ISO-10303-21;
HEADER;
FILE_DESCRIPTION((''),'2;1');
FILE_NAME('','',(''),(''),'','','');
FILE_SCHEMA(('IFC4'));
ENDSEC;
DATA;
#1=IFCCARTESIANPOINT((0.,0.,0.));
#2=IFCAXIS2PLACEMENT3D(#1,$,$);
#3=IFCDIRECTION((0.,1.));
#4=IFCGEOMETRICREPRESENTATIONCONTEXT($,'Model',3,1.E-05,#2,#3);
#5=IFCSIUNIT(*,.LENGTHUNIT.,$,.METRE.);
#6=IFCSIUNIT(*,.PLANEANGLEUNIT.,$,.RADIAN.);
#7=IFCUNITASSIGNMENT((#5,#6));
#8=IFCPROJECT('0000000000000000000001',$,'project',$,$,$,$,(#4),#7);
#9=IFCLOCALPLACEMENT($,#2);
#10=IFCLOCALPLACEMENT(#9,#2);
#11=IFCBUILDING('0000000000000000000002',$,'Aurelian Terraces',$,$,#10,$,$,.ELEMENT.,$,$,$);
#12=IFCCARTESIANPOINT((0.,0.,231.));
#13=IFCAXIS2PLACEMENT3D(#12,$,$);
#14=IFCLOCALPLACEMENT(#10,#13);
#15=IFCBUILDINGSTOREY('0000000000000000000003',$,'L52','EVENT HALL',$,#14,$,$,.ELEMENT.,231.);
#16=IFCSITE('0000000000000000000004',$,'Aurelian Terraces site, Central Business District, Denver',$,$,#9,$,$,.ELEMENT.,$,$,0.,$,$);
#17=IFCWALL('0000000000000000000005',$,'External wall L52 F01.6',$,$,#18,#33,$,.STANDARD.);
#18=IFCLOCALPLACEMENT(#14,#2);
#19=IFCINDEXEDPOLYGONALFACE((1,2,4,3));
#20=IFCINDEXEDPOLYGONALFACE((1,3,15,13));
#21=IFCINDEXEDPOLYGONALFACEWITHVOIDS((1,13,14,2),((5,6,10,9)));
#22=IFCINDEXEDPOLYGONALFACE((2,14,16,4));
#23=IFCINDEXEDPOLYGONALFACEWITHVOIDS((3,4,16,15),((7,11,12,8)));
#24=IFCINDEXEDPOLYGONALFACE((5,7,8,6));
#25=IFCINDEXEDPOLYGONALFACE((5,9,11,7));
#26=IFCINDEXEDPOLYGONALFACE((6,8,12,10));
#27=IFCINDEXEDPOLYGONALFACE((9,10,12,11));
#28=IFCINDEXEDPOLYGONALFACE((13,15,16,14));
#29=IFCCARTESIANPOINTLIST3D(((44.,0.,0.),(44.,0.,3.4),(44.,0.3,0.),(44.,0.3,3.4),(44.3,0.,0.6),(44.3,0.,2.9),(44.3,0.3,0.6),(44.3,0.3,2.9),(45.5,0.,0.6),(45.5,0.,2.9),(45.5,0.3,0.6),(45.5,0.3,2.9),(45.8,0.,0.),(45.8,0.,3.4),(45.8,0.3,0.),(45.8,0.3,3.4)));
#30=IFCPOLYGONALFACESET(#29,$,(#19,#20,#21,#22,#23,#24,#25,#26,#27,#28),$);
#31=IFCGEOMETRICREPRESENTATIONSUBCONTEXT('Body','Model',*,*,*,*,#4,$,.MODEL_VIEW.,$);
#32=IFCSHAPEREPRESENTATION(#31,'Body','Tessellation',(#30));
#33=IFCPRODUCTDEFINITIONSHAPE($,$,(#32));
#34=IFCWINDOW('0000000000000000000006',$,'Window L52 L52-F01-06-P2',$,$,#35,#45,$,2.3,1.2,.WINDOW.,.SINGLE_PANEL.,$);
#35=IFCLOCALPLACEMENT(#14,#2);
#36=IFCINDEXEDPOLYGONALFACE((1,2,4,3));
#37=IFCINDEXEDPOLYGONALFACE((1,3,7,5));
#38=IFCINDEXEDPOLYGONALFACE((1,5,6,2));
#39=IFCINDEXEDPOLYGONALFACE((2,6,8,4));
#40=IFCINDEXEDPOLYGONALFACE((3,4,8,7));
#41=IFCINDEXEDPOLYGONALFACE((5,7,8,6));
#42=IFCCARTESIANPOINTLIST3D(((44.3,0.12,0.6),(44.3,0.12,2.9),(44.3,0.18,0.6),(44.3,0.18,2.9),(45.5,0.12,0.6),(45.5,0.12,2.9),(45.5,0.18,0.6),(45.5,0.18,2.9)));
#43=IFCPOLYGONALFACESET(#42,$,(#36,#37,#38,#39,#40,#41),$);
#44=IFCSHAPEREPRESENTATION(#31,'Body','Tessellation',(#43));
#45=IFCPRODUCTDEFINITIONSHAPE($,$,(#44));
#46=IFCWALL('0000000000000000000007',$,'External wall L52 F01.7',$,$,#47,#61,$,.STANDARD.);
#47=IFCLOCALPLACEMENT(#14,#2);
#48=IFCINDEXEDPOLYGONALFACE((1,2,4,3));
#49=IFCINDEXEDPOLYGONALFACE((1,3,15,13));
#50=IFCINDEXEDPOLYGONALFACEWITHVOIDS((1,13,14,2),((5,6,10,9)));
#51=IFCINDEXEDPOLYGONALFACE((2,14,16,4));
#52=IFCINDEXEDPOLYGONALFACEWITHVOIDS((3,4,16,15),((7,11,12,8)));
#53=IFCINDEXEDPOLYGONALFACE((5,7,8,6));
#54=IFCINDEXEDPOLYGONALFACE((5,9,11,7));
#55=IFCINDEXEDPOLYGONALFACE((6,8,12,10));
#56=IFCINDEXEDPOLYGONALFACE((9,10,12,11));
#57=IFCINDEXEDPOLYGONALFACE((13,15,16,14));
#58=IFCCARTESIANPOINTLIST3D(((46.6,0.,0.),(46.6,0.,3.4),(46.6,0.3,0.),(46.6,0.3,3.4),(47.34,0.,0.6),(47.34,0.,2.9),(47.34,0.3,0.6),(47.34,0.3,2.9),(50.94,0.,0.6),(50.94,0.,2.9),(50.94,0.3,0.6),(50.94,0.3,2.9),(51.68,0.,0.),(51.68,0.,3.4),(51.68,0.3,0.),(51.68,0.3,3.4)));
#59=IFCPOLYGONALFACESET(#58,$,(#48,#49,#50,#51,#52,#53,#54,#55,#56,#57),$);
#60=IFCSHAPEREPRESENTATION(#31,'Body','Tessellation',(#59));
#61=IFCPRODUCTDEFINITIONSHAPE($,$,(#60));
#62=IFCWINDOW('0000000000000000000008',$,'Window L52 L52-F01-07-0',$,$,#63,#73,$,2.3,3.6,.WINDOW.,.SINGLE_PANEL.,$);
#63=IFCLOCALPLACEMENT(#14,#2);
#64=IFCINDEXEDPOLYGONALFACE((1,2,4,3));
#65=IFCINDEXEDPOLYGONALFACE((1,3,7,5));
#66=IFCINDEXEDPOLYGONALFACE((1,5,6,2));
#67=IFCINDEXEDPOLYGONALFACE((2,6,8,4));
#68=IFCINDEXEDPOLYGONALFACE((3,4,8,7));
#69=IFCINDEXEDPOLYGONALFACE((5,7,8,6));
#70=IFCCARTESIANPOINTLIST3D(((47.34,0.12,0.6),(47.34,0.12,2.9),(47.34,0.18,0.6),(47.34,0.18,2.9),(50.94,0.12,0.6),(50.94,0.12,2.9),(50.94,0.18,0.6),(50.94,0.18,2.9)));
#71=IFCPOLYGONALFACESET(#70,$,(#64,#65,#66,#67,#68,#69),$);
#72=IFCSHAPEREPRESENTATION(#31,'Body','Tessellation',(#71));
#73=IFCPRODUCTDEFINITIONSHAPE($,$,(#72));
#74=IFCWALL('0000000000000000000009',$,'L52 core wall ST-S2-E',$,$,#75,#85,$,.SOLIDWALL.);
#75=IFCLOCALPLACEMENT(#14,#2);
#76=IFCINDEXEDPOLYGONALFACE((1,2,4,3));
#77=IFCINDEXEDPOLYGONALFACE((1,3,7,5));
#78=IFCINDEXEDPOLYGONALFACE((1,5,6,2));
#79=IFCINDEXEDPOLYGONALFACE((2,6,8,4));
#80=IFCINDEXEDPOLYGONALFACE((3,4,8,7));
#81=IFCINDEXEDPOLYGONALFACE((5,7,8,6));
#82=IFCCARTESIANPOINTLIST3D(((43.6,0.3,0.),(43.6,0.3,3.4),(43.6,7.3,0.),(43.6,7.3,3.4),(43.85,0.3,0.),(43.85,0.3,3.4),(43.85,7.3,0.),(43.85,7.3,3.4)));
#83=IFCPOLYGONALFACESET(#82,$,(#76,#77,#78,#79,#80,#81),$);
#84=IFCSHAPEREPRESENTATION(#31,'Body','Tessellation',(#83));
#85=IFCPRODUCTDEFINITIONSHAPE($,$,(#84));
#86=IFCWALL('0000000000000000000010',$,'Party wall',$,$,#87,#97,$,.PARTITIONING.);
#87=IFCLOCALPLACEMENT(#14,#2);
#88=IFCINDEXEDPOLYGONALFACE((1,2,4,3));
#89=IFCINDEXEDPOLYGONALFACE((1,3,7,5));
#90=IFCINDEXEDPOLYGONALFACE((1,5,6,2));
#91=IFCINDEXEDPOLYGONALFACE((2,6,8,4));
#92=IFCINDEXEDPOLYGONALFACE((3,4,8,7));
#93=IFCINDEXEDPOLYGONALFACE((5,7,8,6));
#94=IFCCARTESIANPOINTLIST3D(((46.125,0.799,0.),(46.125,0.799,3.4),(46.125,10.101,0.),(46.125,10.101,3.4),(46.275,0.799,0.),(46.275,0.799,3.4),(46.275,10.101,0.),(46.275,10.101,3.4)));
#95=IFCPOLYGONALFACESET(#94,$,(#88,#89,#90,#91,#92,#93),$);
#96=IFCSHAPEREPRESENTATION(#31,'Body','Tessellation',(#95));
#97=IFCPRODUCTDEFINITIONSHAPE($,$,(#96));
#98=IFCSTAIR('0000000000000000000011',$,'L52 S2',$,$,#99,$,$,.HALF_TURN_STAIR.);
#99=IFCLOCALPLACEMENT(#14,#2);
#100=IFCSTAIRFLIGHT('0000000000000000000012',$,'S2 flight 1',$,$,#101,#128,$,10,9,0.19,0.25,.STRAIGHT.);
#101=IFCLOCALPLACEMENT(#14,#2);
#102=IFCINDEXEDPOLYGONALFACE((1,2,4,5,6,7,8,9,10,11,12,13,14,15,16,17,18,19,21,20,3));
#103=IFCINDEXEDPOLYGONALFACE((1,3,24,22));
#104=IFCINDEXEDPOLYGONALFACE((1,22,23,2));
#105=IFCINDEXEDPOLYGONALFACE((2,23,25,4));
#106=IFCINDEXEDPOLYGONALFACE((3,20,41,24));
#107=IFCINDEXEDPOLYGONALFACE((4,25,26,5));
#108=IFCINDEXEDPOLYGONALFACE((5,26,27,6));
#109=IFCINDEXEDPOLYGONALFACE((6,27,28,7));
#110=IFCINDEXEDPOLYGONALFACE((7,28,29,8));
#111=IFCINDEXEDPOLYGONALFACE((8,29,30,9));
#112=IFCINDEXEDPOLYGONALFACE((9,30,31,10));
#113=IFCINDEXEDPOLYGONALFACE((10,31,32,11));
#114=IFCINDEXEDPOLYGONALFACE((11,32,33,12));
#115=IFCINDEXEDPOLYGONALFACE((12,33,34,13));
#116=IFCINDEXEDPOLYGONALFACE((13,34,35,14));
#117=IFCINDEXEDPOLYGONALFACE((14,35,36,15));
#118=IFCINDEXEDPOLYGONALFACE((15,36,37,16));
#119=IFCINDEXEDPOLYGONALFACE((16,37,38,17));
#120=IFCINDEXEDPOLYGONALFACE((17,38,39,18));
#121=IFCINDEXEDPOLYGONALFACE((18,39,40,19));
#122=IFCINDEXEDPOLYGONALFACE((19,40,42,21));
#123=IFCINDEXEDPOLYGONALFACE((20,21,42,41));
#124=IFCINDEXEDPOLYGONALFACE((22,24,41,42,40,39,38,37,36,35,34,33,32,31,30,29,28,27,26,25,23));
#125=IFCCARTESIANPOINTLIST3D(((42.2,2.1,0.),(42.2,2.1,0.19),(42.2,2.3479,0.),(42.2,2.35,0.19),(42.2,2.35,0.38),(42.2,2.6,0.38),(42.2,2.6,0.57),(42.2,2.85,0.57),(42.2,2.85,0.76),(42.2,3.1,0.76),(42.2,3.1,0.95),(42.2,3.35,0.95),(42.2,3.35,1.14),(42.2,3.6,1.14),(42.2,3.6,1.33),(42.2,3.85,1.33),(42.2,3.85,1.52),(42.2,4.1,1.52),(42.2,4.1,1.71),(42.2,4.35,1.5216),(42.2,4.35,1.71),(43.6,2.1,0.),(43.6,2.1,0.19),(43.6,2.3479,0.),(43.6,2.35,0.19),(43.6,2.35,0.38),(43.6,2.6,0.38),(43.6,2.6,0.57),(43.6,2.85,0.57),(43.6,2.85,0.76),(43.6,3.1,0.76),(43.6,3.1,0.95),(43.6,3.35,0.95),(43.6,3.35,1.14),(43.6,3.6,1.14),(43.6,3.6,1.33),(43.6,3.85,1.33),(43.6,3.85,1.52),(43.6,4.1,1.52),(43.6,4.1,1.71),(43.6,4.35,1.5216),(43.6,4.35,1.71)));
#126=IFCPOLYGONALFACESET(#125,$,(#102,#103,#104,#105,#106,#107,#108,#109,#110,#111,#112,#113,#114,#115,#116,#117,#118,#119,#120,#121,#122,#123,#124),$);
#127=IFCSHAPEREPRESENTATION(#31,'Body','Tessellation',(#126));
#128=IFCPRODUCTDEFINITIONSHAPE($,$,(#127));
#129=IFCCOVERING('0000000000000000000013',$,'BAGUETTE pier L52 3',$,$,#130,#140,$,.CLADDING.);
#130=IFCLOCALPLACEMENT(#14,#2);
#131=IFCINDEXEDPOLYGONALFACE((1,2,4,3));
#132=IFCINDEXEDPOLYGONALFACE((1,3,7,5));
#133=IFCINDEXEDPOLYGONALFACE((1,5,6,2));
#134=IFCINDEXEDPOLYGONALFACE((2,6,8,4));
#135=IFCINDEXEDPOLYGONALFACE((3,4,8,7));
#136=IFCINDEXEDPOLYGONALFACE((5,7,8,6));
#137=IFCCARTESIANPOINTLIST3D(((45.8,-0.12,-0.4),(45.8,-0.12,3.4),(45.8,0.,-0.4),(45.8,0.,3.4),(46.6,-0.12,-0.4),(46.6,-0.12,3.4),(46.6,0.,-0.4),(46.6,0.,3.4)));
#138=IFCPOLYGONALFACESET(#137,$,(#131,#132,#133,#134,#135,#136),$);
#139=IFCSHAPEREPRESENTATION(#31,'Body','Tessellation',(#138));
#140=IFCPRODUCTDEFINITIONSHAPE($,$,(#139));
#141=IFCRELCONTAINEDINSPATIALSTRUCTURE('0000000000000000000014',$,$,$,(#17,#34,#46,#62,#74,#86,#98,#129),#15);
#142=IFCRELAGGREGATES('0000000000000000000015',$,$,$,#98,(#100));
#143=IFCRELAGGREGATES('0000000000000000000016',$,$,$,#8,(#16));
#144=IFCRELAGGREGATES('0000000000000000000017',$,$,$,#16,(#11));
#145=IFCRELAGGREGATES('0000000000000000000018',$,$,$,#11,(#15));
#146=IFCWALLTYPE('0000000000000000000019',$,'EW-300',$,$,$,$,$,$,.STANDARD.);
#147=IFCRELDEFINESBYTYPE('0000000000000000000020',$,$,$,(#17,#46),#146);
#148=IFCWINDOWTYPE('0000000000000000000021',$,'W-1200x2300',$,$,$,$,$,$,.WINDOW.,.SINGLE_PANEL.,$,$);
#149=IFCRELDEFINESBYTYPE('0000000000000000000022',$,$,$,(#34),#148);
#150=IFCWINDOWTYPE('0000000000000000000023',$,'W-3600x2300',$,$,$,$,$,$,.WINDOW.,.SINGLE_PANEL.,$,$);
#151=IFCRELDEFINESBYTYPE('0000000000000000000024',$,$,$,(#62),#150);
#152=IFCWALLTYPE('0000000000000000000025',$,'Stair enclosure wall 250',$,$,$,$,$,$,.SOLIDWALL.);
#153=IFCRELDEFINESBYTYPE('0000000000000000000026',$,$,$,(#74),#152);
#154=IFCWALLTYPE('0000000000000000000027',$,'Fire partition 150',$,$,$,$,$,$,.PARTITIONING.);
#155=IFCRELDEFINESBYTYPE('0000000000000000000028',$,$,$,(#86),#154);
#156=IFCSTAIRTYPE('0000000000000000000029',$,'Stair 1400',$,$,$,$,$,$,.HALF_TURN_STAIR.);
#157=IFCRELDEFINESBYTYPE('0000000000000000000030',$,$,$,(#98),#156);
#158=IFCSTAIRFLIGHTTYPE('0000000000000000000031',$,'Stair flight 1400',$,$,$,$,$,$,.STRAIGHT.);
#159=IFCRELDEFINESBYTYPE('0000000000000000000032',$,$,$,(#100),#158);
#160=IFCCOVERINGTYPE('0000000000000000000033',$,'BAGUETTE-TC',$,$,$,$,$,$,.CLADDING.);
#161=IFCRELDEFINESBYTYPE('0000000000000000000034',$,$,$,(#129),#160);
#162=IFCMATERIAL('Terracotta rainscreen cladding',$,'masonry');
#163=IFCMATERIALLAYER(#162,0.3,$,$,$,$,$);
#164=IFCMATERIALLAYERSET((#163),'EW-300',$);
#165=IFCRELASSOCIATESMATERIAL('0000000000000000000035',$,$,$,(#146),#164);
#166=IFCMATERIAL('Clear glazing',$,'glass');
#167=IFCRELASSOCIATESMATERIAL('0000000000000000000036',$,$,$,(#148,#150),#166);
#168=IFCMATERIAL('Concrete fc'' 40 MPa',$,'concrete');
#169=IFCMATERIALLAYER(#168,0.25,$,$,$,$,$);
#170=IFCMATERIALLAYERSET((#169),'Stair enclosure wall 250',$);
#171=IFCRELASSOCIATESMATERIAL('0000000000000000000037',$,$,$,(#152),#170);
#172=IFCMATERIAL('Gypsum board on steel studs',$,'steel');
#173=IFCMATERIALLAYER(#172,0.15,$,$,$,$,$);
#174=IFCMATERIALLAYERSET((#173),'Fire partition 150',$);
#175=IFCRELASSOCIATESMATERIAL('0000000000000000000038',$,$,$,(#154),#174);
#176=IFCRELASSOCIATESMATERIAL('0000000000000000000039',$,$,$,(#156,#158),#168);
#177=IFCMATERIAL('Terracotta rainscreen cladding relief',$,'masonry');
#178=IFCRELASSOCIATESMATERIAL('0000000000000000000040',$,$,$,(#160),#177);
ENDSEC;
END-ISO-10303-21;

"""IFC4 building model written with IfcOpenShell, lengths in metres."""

from ifc_helpers import new_model, si_unit, direction, frame, frame_2d, origin, origin_2d, place, context, subcontext, project, spatial, polyline, rectangle, outline, extrude, source, transform, mapped, material, layer, layer_set, type_object, element, fill, aggregate, save


model = new_model("IFC4")

# Units and contexts
model_context = context("Model", 3, precision=1e-05, world=origin(), true_north=direction((0.0, 1.0)))
body_context = subcontext(model_context, "Body", "Model", "MODEL_VIEW")
ifc_project = project(units=[si_unit("LENGTHUNIT", "METRE"), si_unit("PLANEANGLEUNIT", "RADIAN")], contexts=[model_context])

# Site, building, storey
site_placement = place(None, origin())
site = spatial("IfcSite", under=ifc_project, at=site_placement, Name="Aurelian Terraces site, Central Business District, Denver", CompositionType="ELEMENT", RefElevation=0.0)
building_placement = place(site_placement, origin())
building = spatial("IfcBuilding", under=site, at=building_placement, Name="Aurelian Terraces", CompositionType="ELEMENT")
storey_placement = place(building_placement, frame((0.0, 0.0, 231.0)))
storey = spatial("IfcBuildingStorey", under=building, at=storey_placement, Name="L52", Description="EVENT HALL", CompositionType="ELEMENT", Elevation=231.0)

# Shared definitions
ifc_material_1 = material(Name="Concrete fc' 40 MPa", Category="concrete")

# Walls, openings, windows
ifc_material_2 = material(Name="Terracotta rainscreen cladding", Category="masonry")
ifc_layer_1 = layer(ifc_material_2, 0.3)
ifc_layer_set_1 = layer_set([ifc_layer_1], Name="EW-300")
wall_type_1 = type_object("IfcWallType", Name="EW-300", PredefinedType="STANDARD", material=ifc_layer_set_1)
ifc_material_3 = material(Name="Clear glazing", Category="glass")
shared_shape_1 = source(origin(), body_context, "Body", "SweptSolid", [
    extrude(rectangle(XDim=1.8, YDim=0.3, at=frame_2d((0.9, 0.0))), origin(), (0.0, 0.0, 1.0), 3.4),
])
wall_1_placement = place(storey_placement, frame((44.0, 0.15, 0.0), z_axis=(0.0, 0.0, 1.0), x_axis=(1.0, 0.0, 0.0)))
wall_1 = element("IfcWall", 1, at=wall_1_placement, inside=storey, type_object=wall_type_1, Name="External wall L52 F01.6", PredefinedType="STANDARD", context=body_context, shape_type="MappedRepresentation", body=[
    mapped(shared_shape_1, transform((0.0, 0.0, 0.0), scale=1.0)),
])
shared_shape_2 = source(origin(), body_context, "Body", "SweptSolid", [
    extrude(rectangle(XDim=1.2, YDim=2.3, at=frame_2d((0.6, 1.15))), frame((0.0, 0.16, 0.0), z_axis=(0.0, -1.0, 0.0), x_axis=(1.0, 0.0, 0.0)), (0.0, 0.0, 1.0), 0.32),
])
opening_1_placement = place(wall_1_placement, frame((0.3, 0.0, 0.6)))
opening_1 = element("IfcOpeningElement", 2, at=opening_1_placement, cuts=wall_1, PredefinedType="OPENING", context=body_context, shape_type="MappedRepresentation", body=[
    mapped(shared_shape_2, transform((0.0, 0.0, 0.0), scale=1.0)),
])
window_type_1 = type_object("IfcWindowType", Name="W-1200x2300", PartitioningType="SINGLE_PANEL", PredefinedType="WINDOW", material=ifc_material_3)
shared_shape_3 = source(origin(), body_context, "Body", "SweptSolid", [
    extrude(rectangle(XDim=1.2, YDim=2.3, at=frame_2d((0.6, 1.15))), frame((0.0, 0.03, 0.0), z_axis=(0.0, -1.0, 0.0), x_axis=(1.0, 0.0, 0.0)), (0.0, 0.0, 1.0), 0.06),
])
window_1_placement = place(opening_1_placement, origin())
window_1 = element("IfcWindow", 3, at=window_1_placement, inside=storey, type_object=window_type_1, Name="Window L52 L52-F01-06-P2", OverallHeight=2.3, OverallWidth=1.2, PartitioningType="SINGLE_PANEL", PredefinedType="WINDOW", context=body_context, shape_type="MappedRepresentation", body=[
    mapped(shared_shape_3, transform((0.0, 0.0, 0.0), scale=1.0)),
])
fill(opening_1, window_1)
shared_shape_4 = source(origin(), body_context, "Body", "SweptSolid", [
    extrude(rectangle(XDim=5.08, YDim=0.3, at=frame_2d((2.54, 0.0))), origin(), (0.0, 0.0, 1.0), 3.4),
])
wall_2_placement = place(storey_placement, frame((46.6, 0.15, 0.0), z_axis=(0.0, 0.0, 1.0), x_axis=(1.0, 0.0, 0.0)))
wall_2 = element("IfcWall", 4, at=wall_2_placement, inside=storey, type_object=wall_type_1, Name="External wall L52 F01.7", PredefinedType="STANDARD", context=body_context, shape_type="MappedRepresentation", body=[
    mapped(shared_shape_4, transform((0.0, 0.0, 0.0), scale=1.0)),
])
shared_shape_5 = source(origin(), body_context, "Body", "SweptSolid", [
    extrude(rectangle(XDim=3.6, YDim=2.3, at=frame_2d((1.8, 1.15))), frame((0.0, 0.16, 0.0), z_axis=(0.0, -1.0, 0.0), x_axis=(1.0, 0.0, 0.0)), (0.0, 0.0, 1.0), 0.32),
])
opening_2_placement = place(wall_2_placement, frame((0.74, 0.0, 0.6)))
opening_2 = element("IfcOpeningElement", 5, at=opening_2_placement, cuts=wall_2, PredefinedType="OPENING", context=body_context, shape_type="MappedRepresentation", body=[
    mapped(shared_shape_5, transform((0.0, 0.0, 0.0), scale=1.0)),
])
window_type_2 = type_object("IfcWindowType", Name="W-3600x2300", PartitioningType="SINGLE_PANEL", PredefinedType="WINDOW", material=ifc_material_3)
shared_shape_6 = source(origin(), body_context, "Body", "SweptSolid", [
    extrude(rectangle(XDim=3.6, YDim=2.3, at=frame_2d((1.8, 1.15))), frame((0.0, 0.03, 0.0), z_axis=(0.0, -1.0, 0.0), x_axis=(1.0, 0.0, 0.0)), (0.0, 0.0, 1.0), 0.06),
])
window_2_placement = place(opening_2_placement, origin())
window_2 = element("IfcWindow", 6, at=window_2_placement, inside=storey, type_object=window_type_2, Name="Window L52 L52-F01-07-0", OverallHeight=2.3, OverallWidth=3.6, PartitioningType="SINGLE_PANEL", PredefinedType="WINDOW", context=body_context, shape_type="MappedRepresentation", body=[
    mapped(shared_shape_6, transform((0.0, 0.0, 0.0), scale=1.0)),
])
fill(opening_2, window_2)

# Walls
ifc_layer_2 = layer(ifc_material_1, 0.25)
ifc_layer_set_2 = layer_set([ifc_layer_2], Name="Stair enclosure wall 250")
wall_type_2 = type_object("IfcWallType", Name="Stair enclosure wall 250", PredefinedType="SOLIDWALL", material=ifc_layer_set_2)
shared_shape_7 = source(origin(), body_context, "Body", "SweptSolid", [
    extrude(rectangle(XDim=7.0, YDim=0.25, at=frame_2d((3.5, 0.0))), origin(), (0.0, 0.0, 1.0), 3.4),
])
wall_3_placement = place(storey_placement, frame((43.725, 0.3, 0.0), z_axis=(0.0, 0.0, 1.0), x_axis=(0.0, 1.0, 0.0)))
element("IfcWall", 7, at=wall_3_placement, inside=storey, type_object=wall_type_2, Name="L52 core wall ST-S2-E", PredefinedType="SOLIDWALL", context=body_context, shape_type="MappedRepresentation", body=[
    mapped(shared_shape_7, transform((0.0, 0.0, 0.0), scale=1.0)),
])
ifc_material_4 = material(Name="Gypsum board on steel studs", Category="steel")
ifc_layer_3 = layer(ifc_material_4, 0.15)
ifc_layer_set_3 = layer_set([ifc_layer_3], Name="Fire partition 150")
wall_type_3 = type_object("IfcWallType", Name="Fire partition 150", PredefinedType="PARTITIONING", material=ifc_layer_set_3)
shared_shape_8 = source(origin(), body_context, "Body", "SweptSolid", [
    extrude(rectangle(XDim=9.302, YDim=0.15, at=frame_2d((4.651, 0.0))), origin(), (0.0, 0.0, 1.0), 3.4),
])
wall_4_placement = place(storey_placement, frame((46.2, 0.799, 0.0), z_axis=(0.0, 0.0, 1.0), x_axis=(0.0, 1.0, 0.0)))
element("IfcWall", 8, at=wall_4_placement, inside=storey, type_object=wall_type_3, Name="Party wall", PredefinedType="PARTITIONING", context=body_context, shape_type="MappedRepresentation", body=[
    mapped(shared_shape_8, transform((0.0, 0.0, 0.0), scale=1.0)),
])

# Stair, stair flight
stair_type = type_object("IfcStairType", Name="Stair 1400", PredefinedType="HALF_TURN_STAIR", material=ifc_material_1)
stair_placement = place(storey_placement, origin())
stair = element("IfcStair", 9, at=stair_placement, inside=storey, type_object=stair_type, Name="L52 S2", PredefinedType="HALF_TURN_STAIR")
stair_flight_type = type_object("IfcStairFlightType", Name="Stair flight 1400", PredefinedType="STRAIGHT", material=ifc_material_1)
shared_shape_9 = source(origin(), body_context, "Body", "SweptSolid", [
    extrude(outline(polyline([(0.0, 0.0), (0.0, 0.19), (0.25, 0.19), (0.25, 0.38), (0.5, 0.38), (0.5, 0.57), (0.75, 0.57), (0.75, 0.76), (1.0, 0.76), (1.0, 0.95), (1.25, 0.95), (1.25, 1.14), (1.5, 1.14), (1.5, 1.33), (1.75, 1.33), (1.75, 1.52), (2.0, 1.52), (2.0, 1.71), (2.25, 1.71), (2.25, 1.9), (2.25, 1.5216), (0.2479, 0.0), (0.0, 0.0)])), frame((0.0, 0.7, 0.0), z_axis=(0.0, -1.0, 0.0), x_axis=(1.0, 0.0, 0.0)), (0.0, 0.0, 1.0), 1.4),
])
stair_flight_placement = place(storey_placement, frame((42.9, 2.1, 0.0), z_axis=(0.0, 0.0, 1.0), x_axis=(0.0, 1.0, 0.0)))
stair_flight = element("IfcStairFlight", 10, at=stair_flight_placement, type_object=stair_flight_type, Name="S2 flight 1", NumberOfRisers=10, NumberOfTreads=9, PredefinedType="STRAIGHT", RiserHeight=0.19, TreadLength=0.25, context=body_context, shape_type="MappedRepresentation", body=[
    mapped(shared_shape_9, transform((0.0, 0.0, 0.0), scale=1.0)),
])
aggregate(stair, [stair_flight])

# Covering
ifc_material_5 = material(Name="Terracotta rainscreen cladding relief", Category="masonry")
covering_type = type_object("IfcCoveringType", Name="BAGUETTE-TC", PredefinedType="CLADDING", material=ifc_material_5)
shared_shape_10 = source(origin(), body_context, "Body", "SweptSolid", [
    extrude(rectangle(XDim=0.8, YDim=0.12, at=origin_2d()), origin(), (0.0, 0.0, 1.0), 3.8),
])
covering_placement = place(storey_placement, frame((46.2, -0.06, -0.4), z_axis=(0.0, 0.0, 1.0), x_axis=(1.0, 0.0, 0.0)))
element("IfcCovering", 11, at=covering_placement, inside=storey, type_object=covering_type, Name="BAGUETTE pier L52 3", PredefinedType="CLADDING", context=body_context, shape_type="MappedRepresentation", body=[
    mapped(shared_shape_10, transform((0.0, 0.0, 0.0), scale=1.0)),
])

save(model, "model.ifc")
